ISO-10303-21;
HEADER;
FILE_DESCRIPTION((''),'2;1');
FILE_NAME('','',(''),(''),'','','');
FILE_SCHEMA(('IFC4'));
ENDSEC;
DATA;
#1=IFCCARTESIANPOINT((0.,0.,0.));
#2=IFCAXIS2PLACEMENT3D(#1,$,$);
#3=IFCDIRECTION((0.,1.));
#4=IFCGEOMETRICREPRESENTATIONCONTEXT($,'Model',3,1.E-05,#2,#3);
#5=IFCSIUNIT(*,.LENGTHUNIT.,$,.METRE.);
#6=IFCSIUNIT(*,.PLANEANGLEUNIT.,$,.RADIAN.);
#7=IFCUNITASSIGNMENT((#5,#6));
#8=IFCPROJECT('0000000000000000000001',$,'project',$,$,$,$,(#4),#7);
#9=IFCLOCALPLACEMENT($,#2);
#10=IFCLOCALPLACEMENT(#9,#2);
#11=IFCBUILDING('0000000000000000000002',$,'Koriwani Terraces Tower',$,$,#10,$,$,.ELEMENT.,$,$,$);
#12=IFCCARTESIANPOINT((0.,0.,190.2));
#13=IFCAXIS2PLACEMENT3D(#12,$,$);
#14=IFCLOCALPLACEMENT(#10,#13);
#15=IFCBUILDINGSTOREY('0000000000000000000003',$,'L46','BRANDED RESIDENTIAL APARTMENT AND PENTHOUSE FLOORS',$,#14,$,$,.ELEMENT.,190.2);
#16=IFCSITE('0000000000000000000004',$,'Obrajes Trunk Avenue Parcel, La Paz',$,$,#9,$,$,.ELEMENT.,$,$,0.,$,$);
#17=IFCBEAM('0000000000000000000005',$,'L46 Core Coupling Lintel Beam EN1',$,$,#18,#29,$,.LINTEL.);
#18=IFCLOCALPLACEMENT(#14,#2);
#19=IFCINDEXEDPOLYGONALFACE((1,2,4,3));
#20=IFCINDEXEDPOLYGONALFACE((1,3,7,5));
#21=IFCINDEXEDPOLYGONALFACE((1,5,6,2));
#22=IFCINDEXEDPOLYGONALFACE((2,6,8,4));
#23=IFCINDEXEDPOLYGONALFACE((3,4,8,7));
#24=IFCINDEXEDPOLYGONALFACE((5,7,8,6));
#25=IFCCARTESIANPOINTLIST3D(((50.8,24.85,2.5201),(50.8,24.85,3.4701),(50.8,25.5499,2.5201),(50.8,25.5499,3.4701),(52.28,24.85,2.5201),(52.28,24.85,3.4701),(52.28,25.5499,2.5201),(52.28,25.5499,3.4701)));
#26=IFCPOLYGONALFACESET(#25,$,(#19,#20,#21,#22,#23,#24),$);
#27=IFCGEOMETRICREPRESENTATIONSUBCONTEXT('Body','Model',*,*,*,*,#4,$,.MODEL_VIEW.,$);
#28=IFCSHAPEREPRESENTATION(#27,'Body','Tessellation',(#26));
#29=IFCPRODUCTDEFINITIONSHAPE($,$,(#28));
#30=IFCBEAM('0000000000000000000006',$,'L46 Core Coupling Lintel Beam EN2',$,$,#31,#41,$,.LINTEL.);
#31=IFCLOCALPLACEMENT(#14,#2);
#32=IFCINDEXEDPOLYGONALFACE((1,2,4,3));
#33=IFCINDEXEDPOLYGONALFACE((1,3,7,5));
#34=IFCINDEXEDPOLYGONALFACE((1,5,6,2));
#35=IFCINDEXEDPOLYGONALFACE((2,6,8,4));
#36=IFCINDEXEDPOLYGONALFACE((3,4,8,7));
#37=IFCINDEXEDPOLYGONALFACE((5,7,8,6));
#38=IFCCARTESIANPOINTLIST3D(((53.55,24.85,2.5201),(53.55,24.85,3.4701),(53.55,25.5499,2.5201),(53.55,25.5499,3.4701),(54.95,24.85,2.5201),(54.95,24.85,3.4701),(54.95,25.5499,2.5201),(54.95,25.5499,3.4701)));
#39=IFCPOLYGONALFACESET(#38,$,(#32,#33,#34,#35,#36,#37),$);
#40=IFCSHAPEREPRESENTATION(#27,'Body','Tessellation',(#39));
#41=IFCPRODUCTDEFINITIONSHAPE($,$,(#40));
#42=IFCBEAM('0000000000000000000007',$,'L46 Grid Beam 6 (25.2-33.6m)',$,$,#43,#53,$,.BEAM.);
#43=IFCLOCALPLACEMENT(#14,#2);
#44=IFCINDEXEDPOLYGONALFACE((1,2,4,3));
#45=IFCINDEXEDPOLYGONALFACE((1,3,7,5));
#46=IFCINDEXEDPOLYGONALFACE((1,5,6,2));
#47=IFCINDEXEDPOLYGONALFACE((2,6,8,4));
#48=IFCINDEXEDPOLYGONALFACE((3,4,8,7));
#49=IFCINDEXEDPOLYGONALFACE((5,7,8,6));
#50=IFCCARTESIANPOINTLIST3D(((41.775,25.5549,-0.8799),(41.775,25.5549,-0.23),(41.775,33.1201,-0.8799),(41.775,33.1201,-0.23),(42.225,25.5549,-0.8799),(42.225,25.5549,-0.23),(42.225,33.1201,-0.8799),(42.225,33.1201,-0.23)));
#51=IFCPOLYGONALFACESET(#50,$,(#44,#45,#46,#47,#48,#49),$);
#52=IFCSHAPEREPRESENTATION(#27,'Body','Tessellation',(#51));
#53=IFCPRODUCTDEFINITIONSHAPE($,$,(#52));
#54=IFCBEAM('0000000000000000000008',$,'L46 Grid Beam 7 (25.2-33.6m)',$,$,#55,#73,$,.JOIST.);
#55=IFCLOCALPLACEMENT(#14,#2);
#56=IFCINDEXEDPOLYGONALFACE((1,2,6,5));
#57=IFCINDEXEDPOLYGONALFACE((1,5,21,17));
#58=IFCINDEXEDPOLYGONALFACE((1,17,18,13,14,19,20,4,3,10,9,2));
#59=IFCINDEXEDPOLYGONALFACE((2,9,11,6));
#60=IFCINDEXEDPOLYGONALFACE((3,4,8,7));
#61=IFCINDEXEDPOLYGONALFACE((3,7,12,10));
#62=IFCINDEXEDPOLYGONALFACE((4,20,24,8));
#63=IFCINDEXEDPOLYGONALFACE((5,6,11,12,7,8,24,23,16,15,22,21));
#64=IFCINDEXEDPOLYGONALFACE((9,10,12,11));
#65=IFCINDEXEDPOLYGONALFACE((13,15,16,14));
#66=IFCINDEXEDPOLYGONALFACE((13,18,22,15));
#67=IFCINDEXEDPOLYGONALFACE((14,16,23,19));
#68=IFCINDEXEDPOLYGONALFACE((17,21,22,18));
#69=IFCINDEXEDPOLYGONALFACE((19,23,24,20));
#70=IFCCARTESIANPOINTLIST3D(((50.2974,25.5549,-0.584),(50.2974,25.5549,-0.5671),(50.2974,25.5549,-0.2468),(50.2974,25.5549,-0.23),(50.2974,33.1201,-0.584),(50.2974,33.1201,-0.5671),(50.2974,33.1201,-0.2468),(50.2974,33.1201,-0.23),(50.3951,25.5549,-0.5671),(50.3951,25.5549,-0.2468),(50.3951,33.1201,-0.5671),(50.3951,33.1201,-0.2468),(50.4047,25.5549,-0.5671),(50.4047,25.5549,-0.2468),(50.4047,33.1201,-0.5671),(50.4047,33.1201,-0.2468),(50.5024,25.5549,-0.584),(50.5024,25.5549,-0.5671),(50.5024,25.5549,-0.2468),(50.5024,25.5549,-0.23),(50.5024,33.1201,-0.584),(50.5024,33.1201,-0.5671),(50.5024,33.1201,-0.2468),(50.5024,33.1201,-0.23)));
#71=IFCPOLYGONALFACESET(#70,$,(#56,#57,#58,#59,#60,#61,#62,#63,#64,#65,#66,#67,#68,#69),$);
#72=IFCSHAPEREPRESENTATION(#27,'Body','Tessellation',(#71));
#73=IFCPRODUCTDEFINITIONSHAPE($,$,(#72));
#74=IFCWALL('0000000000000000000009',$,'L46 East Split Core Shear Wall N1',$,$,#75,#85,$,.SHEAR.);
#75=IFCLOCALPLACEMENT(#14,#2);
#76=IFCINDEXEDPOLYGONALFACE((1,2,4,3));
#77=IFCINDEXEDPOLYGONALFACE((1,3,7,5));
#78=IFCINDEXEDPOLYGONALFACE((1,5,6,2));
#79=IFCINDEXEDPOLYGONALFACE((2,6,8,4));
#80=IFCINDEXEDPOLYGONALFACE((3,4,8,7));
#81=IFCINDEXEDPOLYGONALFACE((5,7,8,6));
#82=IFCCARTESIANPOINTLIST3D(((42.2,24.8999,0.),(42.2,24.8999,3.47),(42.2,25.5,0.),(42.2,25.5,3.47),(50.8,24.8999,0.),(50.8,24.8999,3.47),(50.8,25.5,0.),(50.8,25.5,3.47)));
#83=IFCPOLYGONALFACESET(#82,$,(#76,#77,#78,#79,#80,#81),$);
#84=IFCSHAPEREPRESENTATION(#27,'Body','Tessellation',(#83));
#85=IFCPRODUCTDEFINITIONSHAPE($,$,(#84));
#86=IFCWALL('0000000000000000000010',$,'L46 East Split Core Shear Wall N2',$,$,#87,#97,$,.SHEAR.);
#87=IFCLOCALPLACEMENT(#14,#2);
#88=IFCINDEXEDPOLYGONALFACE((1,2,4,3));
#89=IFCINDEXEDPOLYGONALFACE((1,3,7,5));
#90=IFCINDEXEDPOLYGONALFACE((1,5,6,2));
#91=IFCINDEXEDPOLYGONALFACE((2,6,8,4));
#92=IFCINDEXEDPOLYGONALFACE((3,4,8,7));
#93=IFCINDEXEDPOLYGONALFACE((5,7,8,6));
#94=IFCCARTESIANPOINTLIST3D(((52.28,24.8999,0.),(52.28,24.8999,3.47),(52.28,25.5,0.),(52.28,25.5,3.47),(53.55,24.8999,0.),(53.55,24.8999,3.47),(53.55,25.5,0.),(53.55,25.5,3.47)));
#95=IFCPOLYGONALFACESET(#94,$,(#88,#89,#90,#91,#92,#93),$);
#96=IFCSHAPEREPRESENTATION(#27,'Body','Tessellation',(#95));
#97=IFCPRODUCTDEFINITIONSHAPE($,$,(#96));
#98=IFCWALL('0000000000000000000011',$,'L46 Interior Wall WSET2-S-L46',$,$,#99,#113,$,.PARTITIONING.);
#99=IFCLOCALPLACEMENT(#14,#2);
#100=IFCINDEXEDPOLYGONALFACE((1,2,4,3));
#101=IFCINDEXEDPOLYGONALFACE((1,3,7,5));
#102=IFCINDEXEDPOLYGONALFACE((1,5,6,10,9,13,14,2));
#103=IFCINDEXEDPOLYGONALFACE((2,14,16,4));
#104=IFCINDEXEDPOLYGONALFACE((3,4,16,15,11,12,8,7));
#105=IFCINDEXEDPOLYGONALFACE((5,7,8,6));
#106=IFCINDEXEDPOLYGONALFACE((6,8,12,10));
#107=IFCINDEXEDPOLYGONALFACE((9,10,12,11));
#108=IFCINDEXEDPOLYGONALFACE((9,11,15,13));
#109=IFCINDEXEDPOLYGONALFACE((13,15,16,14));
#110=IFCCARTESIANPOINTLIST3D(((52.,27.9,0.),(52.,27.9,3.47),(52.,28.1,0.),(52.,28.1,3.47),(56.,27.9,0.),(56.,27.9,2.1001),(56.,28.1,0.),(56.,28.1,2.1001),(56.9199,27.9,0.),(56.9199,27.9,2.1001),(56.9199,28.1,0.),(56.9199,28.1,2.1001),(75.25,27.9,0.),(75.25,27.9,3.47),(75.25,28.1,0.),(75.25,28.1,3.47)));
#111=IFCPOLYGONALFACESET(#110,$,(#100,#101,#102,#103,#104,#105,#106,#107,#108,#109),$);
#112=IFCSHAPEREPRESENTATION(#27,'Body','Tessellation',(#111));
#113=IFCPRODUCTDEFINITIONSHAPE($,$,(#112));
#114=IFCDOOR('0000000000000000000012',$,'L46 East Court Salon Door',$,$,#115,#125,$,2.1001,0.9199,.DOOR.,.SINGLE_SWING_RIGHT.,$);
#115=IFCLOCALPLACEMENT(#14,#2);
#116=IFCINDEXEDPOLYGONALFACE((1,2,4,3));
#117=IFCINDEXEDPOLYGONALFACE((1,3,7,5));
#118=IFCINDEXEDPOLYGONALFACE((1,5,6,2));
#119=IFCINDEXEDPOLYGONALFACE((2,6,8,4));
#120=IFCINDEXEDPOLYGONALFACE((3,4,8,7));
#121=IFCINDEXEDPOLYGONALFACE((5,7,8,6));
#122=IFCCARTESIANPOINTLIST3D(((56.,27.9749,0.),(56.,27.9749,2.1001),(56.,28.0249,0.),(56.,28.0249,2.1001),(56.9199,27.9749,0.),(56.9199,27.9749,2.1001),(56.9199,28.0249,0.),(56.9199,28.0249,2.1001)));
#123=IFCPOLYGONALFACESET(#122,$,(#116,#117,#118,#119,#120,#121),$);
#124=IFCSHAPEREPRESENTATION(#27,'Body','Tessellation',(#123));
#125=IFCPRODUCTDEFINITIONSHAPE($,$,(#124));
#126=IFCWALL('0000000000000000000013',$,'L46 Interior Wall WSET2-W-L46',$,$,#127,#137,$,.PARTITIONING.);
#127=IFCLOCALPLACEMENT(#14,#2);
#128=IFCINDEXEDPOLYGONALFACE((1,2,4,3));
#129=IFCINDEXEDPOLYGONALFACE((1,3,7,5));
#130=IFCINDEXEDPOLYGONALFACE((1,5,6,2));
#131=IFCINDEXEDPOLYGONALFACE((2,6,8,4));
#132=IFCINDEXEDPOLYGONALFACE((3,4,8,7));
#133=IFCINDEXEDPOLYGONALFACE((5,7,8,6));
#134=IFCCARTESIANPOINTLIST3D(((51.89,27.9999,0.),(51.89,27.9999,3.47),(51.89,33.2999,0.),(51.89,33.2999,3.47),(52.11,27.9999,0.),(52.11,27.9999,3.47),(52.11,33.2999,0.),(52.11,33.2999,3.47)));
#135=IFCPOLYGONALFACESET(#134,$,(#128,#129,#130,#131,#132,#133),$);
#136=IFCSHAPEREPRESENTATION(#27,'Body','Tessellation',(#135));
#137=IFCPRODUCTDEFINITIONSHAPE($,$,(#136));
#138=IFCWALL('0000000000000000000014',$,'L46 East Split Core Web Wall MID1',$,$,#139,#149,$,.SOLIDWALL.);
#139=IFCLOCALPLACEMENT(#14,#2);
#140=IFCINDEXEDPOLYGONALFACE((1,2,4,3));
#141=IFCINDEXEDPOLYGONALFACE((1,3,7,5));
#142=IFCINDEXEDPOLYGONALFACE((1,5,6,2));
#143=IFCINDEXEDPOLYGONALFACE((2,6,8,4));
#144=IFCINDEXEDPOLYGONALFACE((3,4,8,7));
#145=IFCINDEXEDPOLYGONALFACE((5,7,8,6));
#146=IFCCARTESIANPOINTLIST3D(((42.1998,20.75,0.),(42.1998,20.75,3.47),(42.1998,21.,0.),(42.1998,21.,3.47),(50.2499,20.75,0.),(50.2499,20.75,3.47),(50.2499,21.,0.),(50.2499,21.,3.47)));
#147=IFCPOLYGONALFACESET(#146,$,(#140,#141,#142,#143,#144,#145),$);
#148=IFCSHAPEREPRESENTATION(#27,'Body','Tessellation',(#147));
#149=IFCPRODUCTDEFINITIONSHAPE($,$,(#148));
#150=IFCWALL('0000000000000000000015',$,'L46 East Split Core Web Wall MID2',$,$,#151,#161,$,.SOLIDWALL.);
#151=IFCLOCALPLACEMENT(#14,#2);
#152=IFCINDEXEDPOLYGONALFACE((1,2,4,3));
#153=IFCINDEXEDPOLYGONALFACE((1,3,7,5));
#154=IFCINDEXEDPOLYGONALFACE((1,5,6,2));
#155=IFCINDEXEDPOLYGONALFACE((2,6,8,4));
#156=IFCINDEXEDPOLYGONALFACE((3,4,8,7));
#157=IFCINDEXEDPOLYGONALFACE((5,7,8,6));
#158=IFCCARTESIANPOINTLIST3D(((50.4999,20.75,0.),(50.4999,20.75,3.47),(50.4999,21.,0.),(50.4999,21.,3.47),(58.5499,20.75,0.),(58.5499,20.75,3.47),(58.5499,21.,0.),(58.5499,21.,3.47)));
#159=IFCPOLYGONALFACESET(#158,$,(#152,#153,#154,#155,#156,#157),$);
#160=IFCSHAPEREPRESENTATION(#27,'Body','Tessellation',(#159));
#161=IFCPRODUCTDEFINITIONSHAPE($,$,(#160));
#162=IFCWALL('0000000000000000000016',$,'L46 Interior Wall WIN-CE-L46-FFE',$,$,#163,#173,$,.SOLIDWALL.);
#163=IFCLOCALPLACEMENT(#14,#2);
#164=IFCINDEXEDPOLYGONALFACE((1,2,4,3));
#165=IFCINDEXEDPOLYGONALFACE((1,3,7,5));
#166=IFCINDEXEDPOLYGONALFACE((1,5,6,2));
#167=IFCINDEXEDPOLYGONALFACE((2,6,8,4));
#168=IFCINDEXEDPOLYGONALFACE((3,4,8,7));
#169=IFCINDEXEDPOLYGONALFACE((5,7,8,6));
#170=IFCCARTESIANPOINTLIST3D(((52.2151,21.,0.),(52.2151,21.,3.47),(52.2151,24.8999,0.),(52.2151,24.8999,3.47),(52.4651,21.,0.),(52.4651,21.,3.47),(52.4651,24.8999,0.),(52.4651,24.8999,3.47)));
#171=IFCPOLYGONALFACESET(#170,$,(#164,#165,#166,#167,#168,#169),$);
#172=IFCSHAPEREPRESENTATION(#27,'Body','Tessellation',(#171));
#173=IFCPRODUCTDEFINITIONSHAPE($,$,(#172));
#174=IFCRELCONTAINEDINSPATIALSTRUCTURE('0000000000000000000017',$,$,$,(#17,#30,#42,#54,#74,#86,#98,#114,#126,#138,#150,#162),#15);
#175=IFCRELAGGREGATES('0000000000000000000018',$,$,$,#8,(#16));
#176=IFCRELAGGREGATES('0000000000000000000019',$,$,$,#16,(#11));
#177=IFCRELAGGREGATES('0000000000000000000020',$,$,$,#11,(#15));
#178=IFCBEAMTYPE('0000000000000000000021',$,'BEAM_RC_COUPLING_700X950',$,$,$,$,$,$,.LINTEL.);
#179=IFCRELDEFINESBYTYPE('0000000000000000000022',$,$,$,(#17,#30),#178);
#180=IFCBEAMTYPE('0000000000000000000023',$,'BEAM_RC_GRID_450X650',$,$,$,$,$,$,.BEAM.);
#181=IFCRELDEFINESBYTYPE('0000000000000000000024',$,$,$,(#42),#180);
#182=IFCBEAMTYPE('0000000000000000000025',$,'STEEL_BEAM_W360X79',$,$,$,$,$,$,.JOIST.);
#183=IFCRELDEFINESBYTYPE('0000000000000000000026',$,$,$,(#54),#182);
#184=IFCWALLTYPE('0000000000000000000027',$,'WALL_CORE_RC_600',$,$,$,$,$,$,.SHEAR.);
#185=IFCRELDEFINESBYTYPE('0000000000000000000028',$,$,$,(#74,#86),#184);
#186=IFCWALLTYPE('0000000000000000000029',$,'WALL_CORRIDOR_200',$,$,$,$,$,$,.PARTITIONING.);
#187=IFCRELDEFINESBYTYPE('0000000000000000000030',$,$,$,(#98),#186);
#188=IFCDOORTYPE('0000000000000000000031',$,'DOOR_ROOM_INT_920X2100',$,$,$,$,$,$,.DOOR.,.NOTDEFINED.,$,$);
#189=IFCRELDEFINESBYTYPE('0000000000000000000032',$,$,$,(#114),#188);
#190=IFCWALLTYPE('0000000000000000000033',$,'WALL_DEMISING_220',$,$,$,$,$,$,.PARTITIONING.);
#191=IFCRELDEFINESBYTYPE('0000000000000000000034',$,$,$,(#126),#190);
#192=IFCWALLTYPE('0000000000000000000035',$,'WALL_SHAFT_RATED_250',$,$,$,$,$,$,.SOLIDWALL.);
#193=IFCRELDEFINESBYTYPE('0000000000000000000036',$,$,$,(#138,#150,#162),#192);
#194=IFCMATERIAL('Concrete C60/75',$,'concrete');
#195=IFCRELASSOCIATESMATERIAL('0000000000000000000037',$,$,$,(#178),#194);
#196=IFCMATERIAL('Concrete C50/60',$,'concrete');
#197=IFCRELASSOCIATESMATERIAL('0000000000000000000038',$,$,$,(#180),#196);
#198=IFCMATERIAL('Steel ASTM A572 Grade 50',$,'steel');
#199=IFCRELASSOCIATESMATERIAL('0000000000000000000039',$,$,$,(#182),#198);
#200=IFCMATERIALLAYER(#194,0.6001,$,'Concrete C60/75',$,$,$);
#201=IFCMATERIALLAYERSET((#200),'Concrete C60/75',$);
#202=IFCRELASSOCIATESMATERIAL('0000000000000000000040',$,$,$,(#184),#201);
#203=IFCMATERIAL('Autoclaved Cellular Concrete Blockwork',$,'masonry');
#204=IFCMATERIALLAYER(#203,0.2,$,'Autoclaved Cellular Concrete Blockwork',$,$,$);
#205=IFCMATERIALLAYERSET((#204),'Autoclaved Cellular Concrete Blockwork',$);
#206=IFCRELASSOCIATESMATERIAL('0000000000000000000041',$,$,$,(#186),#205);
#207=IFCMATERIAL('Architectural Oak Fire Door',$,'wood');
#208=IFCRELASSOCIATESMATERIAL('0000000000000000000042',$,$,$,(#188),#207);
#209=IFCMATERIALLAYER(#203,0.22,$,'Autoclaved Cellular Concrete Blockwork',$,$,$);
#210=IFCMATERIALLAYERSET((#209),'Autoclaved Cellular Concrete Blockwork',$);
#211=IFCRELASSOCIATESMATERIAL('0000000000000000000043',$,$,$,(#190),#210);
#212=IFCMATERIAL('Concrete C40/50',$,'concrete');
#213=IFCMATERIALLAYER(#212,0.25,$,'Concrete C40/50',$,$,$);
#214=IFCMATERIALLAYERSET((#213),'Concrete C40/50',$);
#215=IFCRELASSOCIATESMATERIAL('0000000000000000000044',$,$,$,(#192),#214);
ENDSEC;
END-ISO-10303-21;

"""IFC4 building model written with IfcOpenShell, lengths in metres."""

from ifc_helpers import new_model, si_unit, direction, frame, frame_2d, origin, origin_2d, place, context, subcontext, project, spatial, rectangle, i_section, extrude, material, layer, layer_set, material_profile, profile_set, type_object, element, fill, save


model = new_model("IFC4")

# Units and contexts
model_context = context("Model", 3, precision=1e-05, world=origin(), true_north=direction((0.0, 1.0)))
body_context = subcontext(model_context, "Body", "Model", "MODEL_VIEW")
ifc_project = project(units=[si_unit("LENGTHUNIT", "METRE"), si_unit("PLANEANGLEUNIT", "RADIAN")], contexts=[model_context])

# Site, building, storey
site_placement = place(None, origin())
site = spatial("IfcSite", under=ifc_project, at=site_placement, Name="Obrajes Trunk Avenue Parcel, La Paz", CompositionType="ELEMENT", RefElevation=0.0)
building_placement = place(site_placement, origin())
building = spatial("IfcBuilding", under=site, at=building_placement, Name="Koriwani Terraces Tower", CompositionType="ELEMENT")
storey_placement = place(building_placement, frame((0.0, 0.0, 190.2)))
storey = spatial("IfcBuildingStorey", under=building, at=storey_placement, Name="L46", Description="BRANDED RESIDENTIAL APARTMENT AND PENTHOUSE FLOORS", CompositionType="ELEMENT", Elevation=190.2)

# Beams
ifc_material_1 = material(Name="Concrete C60/75", Category="concrete")
ifc_material_profile_1 = material_profile(ifc_material_1, rectangle(XDim=0.7, YDim=0.95, at=origin_2d()), Name="Concrete C60/75", Category="LoadBearing")
ifc_profile_set_1 = profile_set([ifc_material_profile_1], Name="Concrete C60/75")
beam_type_1 = type_object("IfcBeamType", Name="BEAM_RC_COUPLING_700X950", PredefinedType="LINTEL", material=ifc_profile_set_1)
beam_1_placement = place(storey_placement, frame((50.8, 25.2, 2.9951), z_axis=(1.0, 0.0, 0.0), x_axis=(0.0, 1.0, 0.0)))
element("IfcBeam", 1, at=beam_1_placement, inside=storey, type_object=beam_type_1, Name="L46 Core Coupling Lintel Beam EN1", PredefinedType="LINTEL", context=body_context, shape_type="SweptSolid", body=[
    extrude(rectangle(XDim=0.7, YDim=0.95, at=origin_2d()), origin(), (0.0, 0.0, 1.0), 1.48),
])
beam_2_placement = place(storey_placement, frame((53.55, 25.2, 2.9951), z_axis=(1.0, 0.0, 0.0), x_axis=(0.0, 1.0, 0.0)))
element("IfcBeam", 2, at=beam_2_placement, inside=storey, type_object=beam_type_1, Name="L46 Core Coupling Lintel Beam EN2", PredefinedType="LINTEL", context=body_context, shape_type="SweptSolid", body=[
    extrude(rectangle(XDim=0.7, YDim=0.95, at=origin_2d()), origin(), (0.0, 0.0, 1.0), 1.3999),
])
ifc_material_2 = material(Name="Concrete C50/60", Category="concrete")
ifc_material_profile_2 = material_profile(ifc_material_2, rectangle(XDim=0.45, YDim=0.6499, at=origin_2d()), Name="Concrete C50/60", Category="LoadBearing")
ifc_profile_set_2 = profile_set([ifc_material_profile_2], Name="Concrete C50/60")
beam_type_2 = type_object("IfcBeamType", Name="BEAM_RC_GRID_450X650", PredefinedType="BEAM", material=ifc_profile_set_2)
beam_3_placement = place(storey_placement, frame((42.0, 25.5549, -0.5549), z_axis=(0.0, 1.0, 0.0), x_axis=(-1.0, 0.0, 0.0)))
element("IfcBeam", 3, at=beam_3_placement, inside=storey, type_object=beam_type_2, Name="L46 Grid Beam 6 (25.2-33.6m)", PredefinedType="BEAM", context=body_context, shape_type="SweptSolid", body=[
    extrude(rectangle(XDim=0.45, YDim=0.6499, at=origin_2d()), origin(), (0.0, 0.0, 1.0), 7.5652),
])
ifc_material_3 = material(Name="Steel ASTM A572 Grade 50", Category="steel")
ifc_material_profile_3 = material_profile(ifc_material_3, i_section(OverallWidth=0.2051, OverallDepth=0.354, WebThickness=0.0095, FlangeThickness=0.0168, at=origin_2d()), Name="Steel ASTM A572 Grade 50", Category="LoadBearing")
ifc_profile_set_3 = profile_set([ifc_material_profile_3], Name="Steel ASTM A572 Grade 50")
beam_type_3 = type_object("IfcBeamType", Name="STEEL_BEAM_W360X79", PredefinedType="JOIST", material=ifc_profile_set_3)
beam_4_placement = place(storey_placement, frame((50.3999, 25.5549, -0.407), z_axis=(0.0, 1.0, 0.0), x_axis=(-1.0, 0.0, 0.0)))
element("IfcBeam", 4, at=beam_4_placement, inside=storey, type_object=beam_type_3, Name="L46 Grid Beam 7 (25.2-33.6m)", PredefinedType="JOIST", context=body_context, shape_type="SweptSolid", body=[
    extrude(i_section(OverallWidth=0.2051, OverallDepth=0.354, WebThickness=0.0095, FlangeThickness=0.0168, at=origin_2d()), origin(), (0.0, 0.0, 1.0), 7.5652),
])

# Walls
ifc_layer_1 = layer(ifc_material_1, 0.6001, Name="Concrete C60/75")
ifc_layer_set_1 = layer_set([ifc_layer_1], Name="Concrete C60/75")
wall_type_1 = type_object("IfcWallType", Name="WALL_CORE_RC_600", PredefinedType="SHEAR", material=ifc_layer_set_1)
wall_1_placement = place(storey_placement, frame((42.2, 25.2, 0.0), z_axis=(0.0, 0.0, 1.0), x_axis=(1.0, 0.0, 0.0)))
element("IfcWall", 5, at=wall_1_placement, inside=storey, type_object=wall_type_1, Name="L46 East Split Core Shear Wall N1", PredefinedType="SHEAR", context=body_context, shape_type="SweptSolid", body=[
    extrude(rectangle(XDim=8.6001, YDim=0.6001, at=frame_2d((4.3, 0.0))), origin(), (0.0, 0.0, 1.0), 3.47),
])
wall_2_placement = place(storey_placement, frame((52.28, 25.2, 0.0), z_axis=(0.0, 0.0, 1.0), x_axis=(1.0, 0.0, 0.0)))
element("IfcWall", 6, at=wall_2_placement, inside=storey, type_object=wall_type_1, Name="L46 East Split Core Shear Wall N2", PredefinedType="SHEAR", context=body_context, shape_type="SweptSolid", body=[
    extrude(rectangle(XDim=1.27, YDim=0.6001, at=frame_2d((0.635, 0.0))), origin(), (0.0, 0.0, 1.0), 3.47),
])

# Wall, opening, door
ifc_material_4 = material(Name="Autoclaved Cellular Concrete Blockwork", Category="masonry")
ifc_layer_2 = layer(ifc_material_4, 0.2, Name="Autoclaved Cellular Concrete Blockwork")
ifc_layer_set_2 = layer_set([ifc_layer_2], Name="Autoclaved Cellular Concrete Blockwork")
wall_type_2 = type_object("IfcWallType", Name="WALL_CORRIDOR_200", PredefinedType="PARTITIONING", material=ifc_layer_set_2)
wall_3_placement = place(storey_placement, frame((52.0, 28.0, 0.0), z_axis=(0.0, 0.0, 1.0), x_axis=(1.0, 0.0, 0.0)))
wall_3 = element("IfcWall", 7, at=wall_3_placement, inside=storey, type_object=wall_type_2, Name="L46 Interior Wall WSET2-S-L46", PredefinedType="PARTITIONING", context=body_context, shape_type="SweptSolid", body=[
    extrude(rectangle(XDim=23.25, YDim=0.2, at=frame_2d((11.625, 0.0))), origin(), (0.0, 0.0, 1.0), 3.47),
])
opening_1_placement = place(wall_3_placement, frame((4.0, 0.0, 0.0)))
opening_1 = element("IfcOpeningElement", 8, at=opening_1_placement, cuts=wall_3, PredefinedType="OPENING", context=body_context, shape_type="SweptSolid", body=[
    extrude(rectangle(XDim=0.9199, YDim=2.1001, at=frame_2d((0.46, 1.05))), frame((0.0, 0.1099, 0.0), z_axis=(0.0, -1.0, 0.0), x_axis=(1.0, 0.0, 0.0)), (0.0, 0.0, 1.0), 0.22),
])
ifc_material_5 = material(Name="Architectural Oak Fire Door", Category="wood")
door_type_1 = type_object("IfcDoorType", Name="DOOR_ROOM_INT_920X2100", OperationType="NOTDEFINED", PredefinedType="DOOR", material=ifc_material_5)
door_1_placement = place(opening_1_placement, origin())
door_1 = element("IfcDoor", 9, at=door_1_placement, inside=storey, type_object=door_type_1, Name="L46 East Court Salon Door", OperationType="SINGLE_SWING_RIGHT", OverallHeight=2.1001, OverallWidth=0.9199, PredefinedType="DOOR", context=body_context, shape_type="SweptSolid", body=[
    extrude(rectangle(XDim=0.9199, YDim=2.1001, at=frame_2d((0.46, 1.05))), frame((0.0, 0.0249, 0.0), z_axis=(0.0, -1.0, 0.0), x_axis=(1.0, 0.0, 0.0)), (0.0, 0.0, 1.0), 0.05),
])
fill(opening_1, door_1)

# Walls
ifc_layer_3 = layer(ifc_material_4, 0.22, Name="Autoclaved Cellular Concrete Blockwork")
ifc_layer_set_3 = layer_set([ifc_layer_3], Name="Autoclaved Cellular Concrete Blockwork")
wall_type_3 = type_object("IfcWallType", Name="WALL_DEMISING_220", PredefinedType="PARTITIONING", material=ifc_layer_set_3)
wall_4_placement = place(storey_placement, frame((52.0, 28.0, 0.0), z_axis=(0.0, 0.0, 1.0), x_axis=(0.0, 1.0, 0.0)))
element("IfcWall", 10, at=wall_4_placement, inside=storey, type_object=wall_type_3, Name="L46 Interior Wall WSET2-W-L46", PredefinedType="PARTITIONING", context=body_context, shape_type="SweptSolid", body=[
    extrude(rectangle(XDim=5.3, YDim=0.22, at=frame_2d((2.6499, 0.0))), origin(), (0.0, 0.0, 1.0), 3.47),
])
ifc_material_6 = material(Name="Concrete C40/50", Category="concrete")
ifc_layer_4 = layer(ifc_material_6, 0.25, Name="Concrete C40/50")
ifc_layer_set_4 = layer_set([ifc_layer_4], Name="Concrete C40/50")
wall_type_4 = type_object("IfcWallType", Name="WALL_SHAFT_RATED_250", PredefinedType="SOLIDWALL", material=ifc_layer_set_4)
for number, where, z_axis, x_axis, name in (
    (11, (42.2, 20.875, 0.0), (0.0, 0.0, 1.0), (1.0, 0.0, 0.0), "L46 East Split Core Web Wall MID1"),
    (12, (50.5, 20.875, 0.0), (0.0, 0.0, 1.0), (1.0, 0.0, 0.0), "L46 East Split Core Web Wall MID2"),
):
    element("IfcWall", number, at=place(storey_placement, frame(where, z_axis=z_axis, x_axis=x_axis)), inside=storey, type_object=wall_type_4, Name=name, PredefinedType="SOLIDWALL", context=body_context, shape_type="SweptSolid", body=[
        extrude(rectangle(XDim=8.05, YDim=0.25, at=frame_2d((4.0249, 0.0))), origin(), (0.0, 0.0, 1.0), 3.47),
    ])

# Wall
wall_5_placement = place(storey_placement, frame((52.3401, 21.0, 0.0), z_axis=(0.0, 0.0, 1.0), x_axis=(0.0, 1.0, 0.0)))
element("IfcWall", 13, at=wall_5_placement, inside=storey, type_object=wall_type_4, Name="L46 Interior Wall WIN-CE-L46-FFE", PredefinedType="SOLIDWALL", context=body_context, shape_type="SweptSolid", body=[
    extrude(rectangle(XDim=3.8999, YDim=0.25, at=frame_2d((1.95, 0.0))), origin(), (0.0, 0.0, 1.0), 3.47),
])

save(model, "model.ifc")
